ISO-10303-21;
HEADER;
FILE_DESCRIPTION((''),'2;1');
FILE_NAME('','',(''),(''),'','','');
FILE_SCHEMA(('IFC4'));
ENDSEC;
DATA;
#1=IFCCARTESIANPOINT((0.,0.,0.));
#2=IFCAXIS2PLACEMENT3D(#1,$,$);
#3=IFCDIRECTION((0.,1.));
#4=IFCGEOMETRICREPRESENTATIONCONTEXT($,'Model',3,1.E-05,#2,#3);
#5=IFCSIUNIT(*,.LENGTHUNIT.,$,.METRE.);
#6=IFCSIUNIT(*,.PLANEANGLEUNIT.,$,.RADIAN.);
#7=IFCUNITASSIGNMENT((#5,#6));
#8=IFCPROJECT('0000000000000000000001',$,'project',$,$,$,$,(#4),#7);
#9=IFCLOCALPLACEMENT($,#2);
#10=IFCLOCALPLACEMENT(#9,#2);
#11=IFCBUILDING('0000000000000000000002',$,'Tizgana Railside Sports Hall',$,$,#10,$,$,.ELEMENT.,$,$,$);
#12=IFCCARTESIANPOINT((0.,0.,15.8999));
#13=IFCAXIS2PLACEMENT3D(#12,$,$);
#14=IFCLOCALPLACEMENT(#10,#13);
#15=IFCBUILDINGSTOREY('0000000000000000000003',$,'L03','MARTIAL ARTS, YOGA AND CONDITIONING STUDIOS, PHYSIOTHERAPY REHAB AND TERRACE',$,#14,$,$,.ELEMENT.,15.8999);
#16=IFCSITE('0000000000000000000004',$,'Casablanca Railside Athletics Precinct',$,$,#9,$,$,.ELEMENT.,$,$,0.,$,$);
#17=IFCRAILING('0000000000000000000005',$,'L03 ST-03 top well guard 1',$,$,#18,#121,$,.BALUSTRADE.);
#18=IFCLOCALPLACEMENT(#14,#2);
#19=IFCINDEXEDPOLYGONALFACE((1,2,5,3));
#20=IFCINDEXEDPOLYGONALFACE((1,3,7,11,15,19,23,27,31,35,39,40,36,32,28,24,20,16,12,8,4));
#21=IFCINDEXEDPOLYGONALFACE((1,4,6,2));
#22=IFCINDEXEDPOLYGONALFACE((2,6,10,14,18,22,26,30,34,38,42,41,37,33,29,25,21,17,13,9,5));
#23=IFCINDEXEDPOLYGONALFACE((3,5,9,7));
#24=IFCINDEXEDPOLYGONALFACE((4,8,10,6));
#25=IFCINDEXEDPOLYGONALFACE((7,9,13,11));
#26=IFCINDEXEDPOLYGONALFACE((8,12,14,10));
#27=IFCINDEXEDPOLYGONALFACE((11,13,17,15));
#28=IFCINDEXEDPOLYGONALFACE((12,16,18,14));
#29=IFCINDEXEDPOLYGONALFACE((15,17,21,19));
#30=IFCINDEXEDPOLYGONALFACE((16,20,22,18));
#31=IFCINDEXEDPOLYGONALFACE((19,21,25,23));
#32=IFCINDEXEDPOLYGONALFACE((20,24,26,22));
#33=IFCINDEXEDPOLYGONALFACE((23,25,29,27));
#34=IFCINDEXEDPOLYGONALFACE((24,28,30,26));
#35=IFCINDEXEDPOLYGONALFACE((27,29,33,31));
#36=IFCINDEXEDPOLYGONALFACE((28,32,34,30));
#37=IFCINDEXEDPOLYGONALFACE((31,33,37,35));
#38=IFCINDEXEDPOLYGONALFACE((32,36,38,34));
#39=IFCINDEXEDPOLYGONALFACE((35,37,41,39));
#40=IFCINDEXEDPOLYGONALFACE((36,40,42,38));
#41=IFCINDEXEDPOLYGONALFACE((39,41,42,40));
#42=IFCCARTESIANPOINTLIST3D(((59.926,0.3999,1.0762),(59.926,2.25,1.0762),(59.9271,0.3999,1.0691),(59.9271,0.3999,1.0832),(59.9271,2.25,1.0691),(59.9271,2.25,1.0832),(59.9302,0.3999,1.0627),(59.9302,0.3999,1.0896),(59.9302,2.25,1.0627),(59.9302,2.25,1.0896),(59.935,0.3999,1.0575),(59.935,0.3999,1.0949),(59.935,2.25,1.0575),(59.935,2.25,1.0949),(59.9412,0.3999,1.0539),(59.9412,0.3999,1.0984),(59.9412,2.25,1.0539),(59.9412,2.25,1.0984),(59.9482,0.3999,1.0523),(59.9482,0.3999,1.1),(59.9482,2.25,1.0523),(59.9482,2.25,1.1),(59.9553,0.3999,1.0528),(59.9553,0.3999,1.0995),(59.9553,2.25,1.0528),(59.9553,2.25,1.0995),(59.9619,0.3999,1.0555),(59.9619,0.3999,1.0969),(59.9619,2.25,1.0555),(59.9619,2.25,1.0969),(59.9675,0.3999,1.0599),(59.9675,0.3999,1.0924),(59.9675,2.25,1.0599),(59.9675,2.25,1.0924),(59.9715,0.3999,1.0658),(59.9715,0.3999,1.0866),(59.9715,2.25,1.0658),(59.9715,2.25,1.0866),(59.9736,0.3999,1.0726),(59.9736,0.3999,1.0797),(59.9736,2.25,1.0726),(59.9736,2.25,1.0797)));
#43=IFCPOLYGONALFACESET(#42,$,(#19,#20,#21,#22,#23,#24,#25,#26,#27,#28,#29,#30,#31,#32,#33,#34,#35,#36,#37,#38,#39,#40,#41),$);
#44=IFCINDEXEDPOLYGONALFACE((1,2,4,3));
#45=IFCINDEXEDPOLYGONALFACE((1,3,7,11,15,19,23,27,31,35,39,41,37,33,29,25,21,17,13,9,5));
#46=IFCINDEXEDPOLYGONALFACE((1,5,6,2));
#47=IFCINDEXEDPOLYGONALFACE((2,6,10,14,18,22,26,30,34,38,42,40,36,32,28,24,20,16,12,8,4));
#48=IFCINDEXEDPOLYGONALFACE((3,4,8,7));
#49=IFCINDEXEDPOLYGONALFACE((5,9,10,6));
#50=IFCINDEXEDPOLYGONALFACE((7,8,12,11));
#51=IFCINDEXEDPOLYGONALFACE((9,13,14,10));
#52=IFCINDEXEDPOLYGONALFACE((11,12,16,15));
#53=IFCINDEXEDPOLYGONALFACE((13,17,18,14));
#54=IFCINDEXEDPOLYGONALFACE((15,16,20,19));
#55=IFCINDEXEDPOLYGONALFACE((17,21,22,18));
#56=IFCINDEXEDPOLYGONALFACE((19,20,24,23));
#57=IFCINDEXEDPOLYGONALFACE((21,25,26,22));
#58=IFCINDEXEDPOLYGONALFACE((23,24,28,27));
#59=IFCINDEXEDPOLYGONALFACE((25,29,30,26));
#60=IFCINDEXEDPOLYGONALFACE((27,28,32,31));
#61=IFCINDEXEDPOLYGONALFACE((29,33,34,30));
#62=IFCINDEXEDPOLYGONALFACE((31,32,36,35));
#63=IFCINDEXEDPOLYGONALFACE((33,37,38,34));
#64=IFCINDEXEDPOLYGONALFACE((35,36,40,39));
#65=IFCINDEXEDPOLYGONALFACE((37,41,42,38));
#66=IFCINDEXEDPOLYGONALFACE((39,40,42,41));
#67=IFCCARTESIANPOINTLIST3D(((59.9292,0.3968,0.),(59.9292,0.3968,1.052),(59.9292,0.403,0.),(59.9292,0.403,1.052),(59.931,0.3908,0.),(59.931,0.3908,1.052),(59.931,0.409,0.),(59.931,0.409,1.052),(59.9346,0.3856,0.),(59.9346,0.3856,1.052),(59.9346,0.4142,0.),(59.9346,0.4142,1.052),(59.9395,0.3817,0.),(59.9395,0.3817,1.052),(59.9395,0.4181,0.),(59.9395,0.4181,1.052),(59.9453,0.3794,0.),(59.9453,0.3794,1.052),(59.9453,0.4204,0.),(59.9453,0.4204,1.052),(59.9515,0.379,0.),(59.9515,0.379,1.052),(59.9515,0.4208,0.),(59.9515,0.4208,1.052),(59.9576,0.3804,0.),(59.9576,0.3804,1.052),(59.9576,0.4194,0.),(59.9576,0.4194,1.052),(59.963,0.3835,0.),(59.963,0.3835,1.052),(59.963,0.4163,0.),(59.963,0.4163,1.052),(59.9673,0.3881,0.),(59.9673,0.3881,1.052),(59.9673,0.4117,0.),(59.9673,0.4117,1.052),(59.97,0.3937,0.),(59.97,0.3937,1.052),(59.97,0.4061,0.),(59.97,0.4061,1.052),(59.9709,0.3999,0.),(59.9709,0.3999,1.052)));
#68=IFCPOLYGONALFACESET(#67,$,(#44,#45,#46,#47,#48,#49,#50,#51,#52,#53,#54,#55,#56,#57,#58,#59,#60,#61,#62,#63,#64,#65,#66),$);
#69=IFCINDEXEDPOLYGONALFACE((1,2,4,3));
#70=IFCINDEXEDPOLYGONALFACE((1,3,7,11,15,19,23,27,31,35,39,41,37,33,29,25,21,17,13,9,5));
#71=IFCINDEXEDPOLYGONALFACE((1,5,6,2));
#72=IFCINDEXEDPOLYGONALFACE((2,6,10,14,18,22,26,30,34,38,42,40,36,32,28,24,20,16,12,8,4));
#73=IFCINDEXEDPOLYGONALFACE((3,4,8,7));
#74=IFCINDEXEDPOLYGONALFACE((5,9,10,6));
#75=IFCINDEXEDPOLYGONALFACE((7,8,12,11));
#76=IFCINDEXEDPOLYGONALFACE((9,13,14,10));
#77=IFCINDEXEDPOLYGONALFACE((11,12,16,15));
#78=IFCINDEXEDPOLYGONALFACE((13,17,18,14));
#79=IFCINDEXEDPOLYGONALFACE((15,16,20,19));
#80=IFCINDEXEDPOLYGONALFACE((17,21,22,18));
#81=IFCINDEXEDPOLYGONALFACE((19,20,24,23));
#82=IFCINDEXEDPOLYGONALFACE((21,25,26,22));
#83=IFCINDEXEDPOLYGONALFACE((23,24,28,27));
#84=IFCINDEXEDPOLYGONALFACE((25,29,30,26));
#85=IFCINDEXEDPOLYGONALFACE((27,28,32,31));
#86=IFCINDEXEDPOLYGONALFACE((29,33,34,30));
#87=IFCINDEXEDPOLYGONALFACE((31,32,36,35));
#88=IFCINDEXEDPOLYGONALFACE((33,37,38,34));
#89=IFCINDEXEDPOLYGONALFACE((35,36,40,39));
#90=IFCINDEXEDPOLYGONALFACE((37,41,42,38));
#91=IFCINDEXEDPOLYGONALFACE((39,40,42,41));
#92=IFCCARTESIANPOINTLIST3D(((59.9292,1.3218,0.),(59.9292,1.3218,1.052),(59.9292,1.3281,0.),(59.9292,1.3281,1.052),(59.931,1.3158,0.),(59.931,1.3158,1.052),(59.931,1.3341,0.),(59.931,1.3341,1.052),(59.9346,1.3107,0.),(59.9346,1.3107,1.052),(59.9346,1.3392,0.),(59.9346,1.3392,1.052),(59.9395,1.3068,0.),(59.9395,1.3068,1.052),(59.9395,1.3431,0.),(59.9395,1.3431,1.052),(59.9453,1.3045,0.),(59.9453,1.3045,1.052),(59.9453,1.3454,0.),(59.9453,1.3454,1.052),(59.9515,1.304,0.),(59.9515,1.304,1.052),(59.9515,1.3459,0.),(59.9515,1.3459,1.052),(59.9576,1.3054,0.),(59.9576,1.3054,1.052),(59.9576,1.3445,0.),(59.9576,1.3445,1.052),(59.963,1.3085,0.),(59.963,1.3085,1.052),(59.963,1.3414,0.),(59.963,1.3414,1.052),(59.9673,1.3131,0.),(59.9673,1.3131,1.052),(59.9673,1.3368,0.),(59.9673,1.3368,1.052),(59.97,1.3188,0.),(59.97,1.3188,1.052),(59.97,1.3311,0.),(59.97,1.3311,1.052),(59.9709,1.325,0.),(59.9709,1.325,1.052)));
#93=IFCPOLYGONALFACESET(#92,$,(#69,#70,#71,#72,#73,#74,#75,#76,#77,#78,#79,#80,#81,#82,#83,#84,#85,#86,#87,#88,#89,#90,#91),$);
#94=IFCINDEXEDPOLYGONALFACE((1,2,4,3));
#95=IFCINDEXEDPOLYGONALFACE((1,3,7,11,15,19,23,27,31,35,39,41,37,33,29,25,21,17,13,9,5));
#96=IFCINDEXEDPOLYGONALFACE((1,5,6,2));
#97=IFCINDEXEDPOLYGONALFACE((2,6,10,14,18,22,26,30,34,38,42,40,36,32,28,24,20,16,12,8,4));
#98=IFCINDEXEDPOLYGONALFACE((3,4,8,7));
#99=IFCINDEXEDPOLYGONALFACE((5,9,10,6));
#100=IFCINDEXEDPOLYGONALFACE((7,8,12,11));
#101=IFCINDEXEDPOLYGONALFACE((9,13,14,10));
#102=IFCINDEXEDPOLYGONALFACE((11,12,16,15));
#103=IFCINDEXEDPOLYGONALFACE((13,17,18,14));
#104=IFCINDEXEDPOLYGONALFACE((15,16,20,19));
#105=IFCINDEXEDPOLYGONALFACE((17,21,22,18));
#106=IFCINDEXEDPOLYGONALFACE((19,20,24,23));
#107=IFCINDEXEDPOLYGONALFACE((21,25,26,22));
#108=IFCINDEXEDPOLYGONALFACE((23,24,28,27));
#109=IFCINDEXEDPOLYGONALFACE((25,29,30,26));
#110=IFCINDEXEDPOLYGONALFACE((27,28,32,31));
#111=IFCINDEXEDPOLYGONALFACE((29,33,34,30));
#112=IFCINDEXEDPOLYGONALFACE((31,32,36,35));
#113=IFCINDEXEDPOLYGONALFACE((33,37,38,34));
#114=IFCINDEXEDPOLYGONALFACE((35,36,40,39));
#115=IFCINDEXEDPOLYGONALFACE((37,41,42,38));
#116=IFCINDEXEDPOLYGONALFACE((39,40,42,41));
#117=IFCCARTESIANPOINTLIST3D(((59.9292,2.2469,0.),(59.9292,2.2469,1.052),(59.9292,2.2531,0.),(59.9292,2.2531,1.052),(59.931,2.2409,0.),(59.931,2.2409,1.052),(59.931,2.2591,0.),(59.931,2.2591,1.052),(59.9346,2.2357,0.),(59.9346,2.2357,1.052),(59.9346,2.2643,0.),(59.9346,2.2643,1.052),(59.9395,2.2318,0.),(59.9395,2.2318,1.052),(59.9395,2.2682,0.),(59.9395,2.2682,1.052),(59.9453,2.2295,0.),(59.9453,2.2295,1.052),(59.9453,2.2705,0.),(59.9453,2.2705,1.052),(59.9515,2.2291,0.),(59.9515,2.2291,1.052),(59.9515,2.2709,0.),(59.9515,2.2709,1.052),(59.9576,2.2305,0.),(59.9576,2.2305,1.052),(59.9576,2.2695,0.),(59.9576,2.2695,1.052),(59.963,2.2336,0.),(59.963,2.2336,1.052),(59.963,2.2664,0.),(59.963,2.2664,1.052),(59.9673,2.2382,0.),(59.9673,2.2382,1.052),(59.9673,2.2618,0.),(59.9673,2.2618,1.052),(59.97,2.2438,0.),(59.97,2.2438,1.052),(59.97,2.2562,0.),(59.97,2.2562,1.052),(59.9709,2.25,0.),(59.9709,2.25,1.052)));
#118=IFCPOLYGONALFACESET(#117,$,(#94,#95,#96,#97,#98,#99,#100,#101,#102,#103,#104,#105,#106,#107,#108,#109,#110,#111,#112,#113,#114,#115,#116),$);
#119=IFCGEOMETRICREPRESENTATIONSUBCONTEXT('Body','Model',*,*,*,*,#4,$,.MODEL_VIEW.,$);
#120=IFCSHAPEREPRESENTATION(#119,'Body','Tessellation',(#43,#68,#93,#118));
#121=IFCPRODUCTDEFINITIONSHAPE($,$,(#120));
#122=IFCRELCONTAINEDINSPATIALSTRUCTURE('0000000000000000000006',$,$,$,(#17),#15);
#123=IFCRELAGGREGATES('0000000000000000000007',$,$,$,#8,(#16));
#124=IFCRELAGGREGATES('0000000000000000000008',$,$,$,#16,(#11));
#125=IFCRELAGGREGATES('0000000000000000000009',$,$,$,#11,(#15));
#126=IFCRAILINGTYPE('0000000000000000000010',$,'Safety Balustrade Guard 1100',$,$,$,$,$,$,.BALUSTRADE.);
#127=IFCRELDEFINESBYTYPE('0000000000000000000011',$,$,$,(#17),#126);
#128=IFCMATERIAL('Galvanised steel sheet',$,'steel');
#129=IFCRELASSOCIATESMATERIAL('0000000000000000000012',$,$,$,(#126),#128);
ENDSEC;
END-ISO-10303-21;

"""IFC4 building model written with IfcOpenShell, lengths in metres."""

from ifc_helpers import new_model, si_unit, direction, frame, origin, origin_2d, place, context, subcontext, project, spatial, circle, extrude, material, type_object, element, save


model = new_model("IFC4")

# Units and contexts
model_context = context("Model", 3, precision=1e-05, world=origin(), true_north=direction((0.0, 1.0)))
body_context = subcontext(model_context, "Body", "Model", "MODEL_VIEW")
ifc_project = project(units=[si_unit("LENGTHUNIT", "METRE"), si_unit("PLANEANGLEUNIT", "RADIAN")], contexts=[model_context])

# Site, building, storey
site_placement = place(None, origin())
site = spatial("IfcSite", under=ifc_project, at=site_placement, Name="Casablanca Railside Athletics Precinct", CompositionType="ELEMENT", RefElevation=0.0)
building_placement = place(site_placement, origin())
building = spatial("IfcBuilding", under=site, at=building_placement, Name="Tizgana Railside Sports Hall", CompositionType="ELEMENT")
storey_placement = place(building_placement, frame((0.0, 0.0, 15.8999)))
storey = spatial("IfcBuildingStorey", under=building, at=storey_placement, Name="L03", Description="MARTIAL ARTS, YOGA AND CONDITIONING STUDIOS, PHYSIOTHERAPY REHAB AND TERRACE", CompositionType="ELEMENT", Elevation=15.8999)

# Railing
ifc_material_1 = material(Name="Galvanised steel sheet", Category="steel")
railing_type = type_object("IfcRailingType", Name="Safety Balustrade Guard 1100", PredefinedType="BALUSTRADE", material=ifc_material_1)
railing_1_placement = place(storey_placement, frame((59.95, 0.3999, 0.0)))
element("IfcRailing", 1, at=railing_1_placement, inside=storey, type_object=railing_type, Name="L03 ST-03 top well guard 1", PredefinedType="BALUSTRADE", context=body_context, shape_type="SweptSolid", body=[
    extrude(circle(Radius=0.0239, at=origin_2d()), frame((0.0, 0.0, 1.0762), z_axis=(0.0, 1.0, 0.0), x_axis=(-1.0, 0.0, 0.0)), (0.0, 0.0, 1.0), 1.8501),
    extrude(circle(Radius=0.021, at=origin_2d()), origin(), (0.0, 0.0, 1.0), 1.052),
    extrude(circle(Radius=0.021, at=origin_2d()), frame((0.0, 0.925, 0.0)), (0.0, 0.0, 1.0), 1.052),
    extrude(circle(Radius=0.021, at=origin_2d()), frame((0.0, 1.8501, 0.0)), (0.0, 0.0, 1.0), 1.052),
])

save(model, "model.ifc")
